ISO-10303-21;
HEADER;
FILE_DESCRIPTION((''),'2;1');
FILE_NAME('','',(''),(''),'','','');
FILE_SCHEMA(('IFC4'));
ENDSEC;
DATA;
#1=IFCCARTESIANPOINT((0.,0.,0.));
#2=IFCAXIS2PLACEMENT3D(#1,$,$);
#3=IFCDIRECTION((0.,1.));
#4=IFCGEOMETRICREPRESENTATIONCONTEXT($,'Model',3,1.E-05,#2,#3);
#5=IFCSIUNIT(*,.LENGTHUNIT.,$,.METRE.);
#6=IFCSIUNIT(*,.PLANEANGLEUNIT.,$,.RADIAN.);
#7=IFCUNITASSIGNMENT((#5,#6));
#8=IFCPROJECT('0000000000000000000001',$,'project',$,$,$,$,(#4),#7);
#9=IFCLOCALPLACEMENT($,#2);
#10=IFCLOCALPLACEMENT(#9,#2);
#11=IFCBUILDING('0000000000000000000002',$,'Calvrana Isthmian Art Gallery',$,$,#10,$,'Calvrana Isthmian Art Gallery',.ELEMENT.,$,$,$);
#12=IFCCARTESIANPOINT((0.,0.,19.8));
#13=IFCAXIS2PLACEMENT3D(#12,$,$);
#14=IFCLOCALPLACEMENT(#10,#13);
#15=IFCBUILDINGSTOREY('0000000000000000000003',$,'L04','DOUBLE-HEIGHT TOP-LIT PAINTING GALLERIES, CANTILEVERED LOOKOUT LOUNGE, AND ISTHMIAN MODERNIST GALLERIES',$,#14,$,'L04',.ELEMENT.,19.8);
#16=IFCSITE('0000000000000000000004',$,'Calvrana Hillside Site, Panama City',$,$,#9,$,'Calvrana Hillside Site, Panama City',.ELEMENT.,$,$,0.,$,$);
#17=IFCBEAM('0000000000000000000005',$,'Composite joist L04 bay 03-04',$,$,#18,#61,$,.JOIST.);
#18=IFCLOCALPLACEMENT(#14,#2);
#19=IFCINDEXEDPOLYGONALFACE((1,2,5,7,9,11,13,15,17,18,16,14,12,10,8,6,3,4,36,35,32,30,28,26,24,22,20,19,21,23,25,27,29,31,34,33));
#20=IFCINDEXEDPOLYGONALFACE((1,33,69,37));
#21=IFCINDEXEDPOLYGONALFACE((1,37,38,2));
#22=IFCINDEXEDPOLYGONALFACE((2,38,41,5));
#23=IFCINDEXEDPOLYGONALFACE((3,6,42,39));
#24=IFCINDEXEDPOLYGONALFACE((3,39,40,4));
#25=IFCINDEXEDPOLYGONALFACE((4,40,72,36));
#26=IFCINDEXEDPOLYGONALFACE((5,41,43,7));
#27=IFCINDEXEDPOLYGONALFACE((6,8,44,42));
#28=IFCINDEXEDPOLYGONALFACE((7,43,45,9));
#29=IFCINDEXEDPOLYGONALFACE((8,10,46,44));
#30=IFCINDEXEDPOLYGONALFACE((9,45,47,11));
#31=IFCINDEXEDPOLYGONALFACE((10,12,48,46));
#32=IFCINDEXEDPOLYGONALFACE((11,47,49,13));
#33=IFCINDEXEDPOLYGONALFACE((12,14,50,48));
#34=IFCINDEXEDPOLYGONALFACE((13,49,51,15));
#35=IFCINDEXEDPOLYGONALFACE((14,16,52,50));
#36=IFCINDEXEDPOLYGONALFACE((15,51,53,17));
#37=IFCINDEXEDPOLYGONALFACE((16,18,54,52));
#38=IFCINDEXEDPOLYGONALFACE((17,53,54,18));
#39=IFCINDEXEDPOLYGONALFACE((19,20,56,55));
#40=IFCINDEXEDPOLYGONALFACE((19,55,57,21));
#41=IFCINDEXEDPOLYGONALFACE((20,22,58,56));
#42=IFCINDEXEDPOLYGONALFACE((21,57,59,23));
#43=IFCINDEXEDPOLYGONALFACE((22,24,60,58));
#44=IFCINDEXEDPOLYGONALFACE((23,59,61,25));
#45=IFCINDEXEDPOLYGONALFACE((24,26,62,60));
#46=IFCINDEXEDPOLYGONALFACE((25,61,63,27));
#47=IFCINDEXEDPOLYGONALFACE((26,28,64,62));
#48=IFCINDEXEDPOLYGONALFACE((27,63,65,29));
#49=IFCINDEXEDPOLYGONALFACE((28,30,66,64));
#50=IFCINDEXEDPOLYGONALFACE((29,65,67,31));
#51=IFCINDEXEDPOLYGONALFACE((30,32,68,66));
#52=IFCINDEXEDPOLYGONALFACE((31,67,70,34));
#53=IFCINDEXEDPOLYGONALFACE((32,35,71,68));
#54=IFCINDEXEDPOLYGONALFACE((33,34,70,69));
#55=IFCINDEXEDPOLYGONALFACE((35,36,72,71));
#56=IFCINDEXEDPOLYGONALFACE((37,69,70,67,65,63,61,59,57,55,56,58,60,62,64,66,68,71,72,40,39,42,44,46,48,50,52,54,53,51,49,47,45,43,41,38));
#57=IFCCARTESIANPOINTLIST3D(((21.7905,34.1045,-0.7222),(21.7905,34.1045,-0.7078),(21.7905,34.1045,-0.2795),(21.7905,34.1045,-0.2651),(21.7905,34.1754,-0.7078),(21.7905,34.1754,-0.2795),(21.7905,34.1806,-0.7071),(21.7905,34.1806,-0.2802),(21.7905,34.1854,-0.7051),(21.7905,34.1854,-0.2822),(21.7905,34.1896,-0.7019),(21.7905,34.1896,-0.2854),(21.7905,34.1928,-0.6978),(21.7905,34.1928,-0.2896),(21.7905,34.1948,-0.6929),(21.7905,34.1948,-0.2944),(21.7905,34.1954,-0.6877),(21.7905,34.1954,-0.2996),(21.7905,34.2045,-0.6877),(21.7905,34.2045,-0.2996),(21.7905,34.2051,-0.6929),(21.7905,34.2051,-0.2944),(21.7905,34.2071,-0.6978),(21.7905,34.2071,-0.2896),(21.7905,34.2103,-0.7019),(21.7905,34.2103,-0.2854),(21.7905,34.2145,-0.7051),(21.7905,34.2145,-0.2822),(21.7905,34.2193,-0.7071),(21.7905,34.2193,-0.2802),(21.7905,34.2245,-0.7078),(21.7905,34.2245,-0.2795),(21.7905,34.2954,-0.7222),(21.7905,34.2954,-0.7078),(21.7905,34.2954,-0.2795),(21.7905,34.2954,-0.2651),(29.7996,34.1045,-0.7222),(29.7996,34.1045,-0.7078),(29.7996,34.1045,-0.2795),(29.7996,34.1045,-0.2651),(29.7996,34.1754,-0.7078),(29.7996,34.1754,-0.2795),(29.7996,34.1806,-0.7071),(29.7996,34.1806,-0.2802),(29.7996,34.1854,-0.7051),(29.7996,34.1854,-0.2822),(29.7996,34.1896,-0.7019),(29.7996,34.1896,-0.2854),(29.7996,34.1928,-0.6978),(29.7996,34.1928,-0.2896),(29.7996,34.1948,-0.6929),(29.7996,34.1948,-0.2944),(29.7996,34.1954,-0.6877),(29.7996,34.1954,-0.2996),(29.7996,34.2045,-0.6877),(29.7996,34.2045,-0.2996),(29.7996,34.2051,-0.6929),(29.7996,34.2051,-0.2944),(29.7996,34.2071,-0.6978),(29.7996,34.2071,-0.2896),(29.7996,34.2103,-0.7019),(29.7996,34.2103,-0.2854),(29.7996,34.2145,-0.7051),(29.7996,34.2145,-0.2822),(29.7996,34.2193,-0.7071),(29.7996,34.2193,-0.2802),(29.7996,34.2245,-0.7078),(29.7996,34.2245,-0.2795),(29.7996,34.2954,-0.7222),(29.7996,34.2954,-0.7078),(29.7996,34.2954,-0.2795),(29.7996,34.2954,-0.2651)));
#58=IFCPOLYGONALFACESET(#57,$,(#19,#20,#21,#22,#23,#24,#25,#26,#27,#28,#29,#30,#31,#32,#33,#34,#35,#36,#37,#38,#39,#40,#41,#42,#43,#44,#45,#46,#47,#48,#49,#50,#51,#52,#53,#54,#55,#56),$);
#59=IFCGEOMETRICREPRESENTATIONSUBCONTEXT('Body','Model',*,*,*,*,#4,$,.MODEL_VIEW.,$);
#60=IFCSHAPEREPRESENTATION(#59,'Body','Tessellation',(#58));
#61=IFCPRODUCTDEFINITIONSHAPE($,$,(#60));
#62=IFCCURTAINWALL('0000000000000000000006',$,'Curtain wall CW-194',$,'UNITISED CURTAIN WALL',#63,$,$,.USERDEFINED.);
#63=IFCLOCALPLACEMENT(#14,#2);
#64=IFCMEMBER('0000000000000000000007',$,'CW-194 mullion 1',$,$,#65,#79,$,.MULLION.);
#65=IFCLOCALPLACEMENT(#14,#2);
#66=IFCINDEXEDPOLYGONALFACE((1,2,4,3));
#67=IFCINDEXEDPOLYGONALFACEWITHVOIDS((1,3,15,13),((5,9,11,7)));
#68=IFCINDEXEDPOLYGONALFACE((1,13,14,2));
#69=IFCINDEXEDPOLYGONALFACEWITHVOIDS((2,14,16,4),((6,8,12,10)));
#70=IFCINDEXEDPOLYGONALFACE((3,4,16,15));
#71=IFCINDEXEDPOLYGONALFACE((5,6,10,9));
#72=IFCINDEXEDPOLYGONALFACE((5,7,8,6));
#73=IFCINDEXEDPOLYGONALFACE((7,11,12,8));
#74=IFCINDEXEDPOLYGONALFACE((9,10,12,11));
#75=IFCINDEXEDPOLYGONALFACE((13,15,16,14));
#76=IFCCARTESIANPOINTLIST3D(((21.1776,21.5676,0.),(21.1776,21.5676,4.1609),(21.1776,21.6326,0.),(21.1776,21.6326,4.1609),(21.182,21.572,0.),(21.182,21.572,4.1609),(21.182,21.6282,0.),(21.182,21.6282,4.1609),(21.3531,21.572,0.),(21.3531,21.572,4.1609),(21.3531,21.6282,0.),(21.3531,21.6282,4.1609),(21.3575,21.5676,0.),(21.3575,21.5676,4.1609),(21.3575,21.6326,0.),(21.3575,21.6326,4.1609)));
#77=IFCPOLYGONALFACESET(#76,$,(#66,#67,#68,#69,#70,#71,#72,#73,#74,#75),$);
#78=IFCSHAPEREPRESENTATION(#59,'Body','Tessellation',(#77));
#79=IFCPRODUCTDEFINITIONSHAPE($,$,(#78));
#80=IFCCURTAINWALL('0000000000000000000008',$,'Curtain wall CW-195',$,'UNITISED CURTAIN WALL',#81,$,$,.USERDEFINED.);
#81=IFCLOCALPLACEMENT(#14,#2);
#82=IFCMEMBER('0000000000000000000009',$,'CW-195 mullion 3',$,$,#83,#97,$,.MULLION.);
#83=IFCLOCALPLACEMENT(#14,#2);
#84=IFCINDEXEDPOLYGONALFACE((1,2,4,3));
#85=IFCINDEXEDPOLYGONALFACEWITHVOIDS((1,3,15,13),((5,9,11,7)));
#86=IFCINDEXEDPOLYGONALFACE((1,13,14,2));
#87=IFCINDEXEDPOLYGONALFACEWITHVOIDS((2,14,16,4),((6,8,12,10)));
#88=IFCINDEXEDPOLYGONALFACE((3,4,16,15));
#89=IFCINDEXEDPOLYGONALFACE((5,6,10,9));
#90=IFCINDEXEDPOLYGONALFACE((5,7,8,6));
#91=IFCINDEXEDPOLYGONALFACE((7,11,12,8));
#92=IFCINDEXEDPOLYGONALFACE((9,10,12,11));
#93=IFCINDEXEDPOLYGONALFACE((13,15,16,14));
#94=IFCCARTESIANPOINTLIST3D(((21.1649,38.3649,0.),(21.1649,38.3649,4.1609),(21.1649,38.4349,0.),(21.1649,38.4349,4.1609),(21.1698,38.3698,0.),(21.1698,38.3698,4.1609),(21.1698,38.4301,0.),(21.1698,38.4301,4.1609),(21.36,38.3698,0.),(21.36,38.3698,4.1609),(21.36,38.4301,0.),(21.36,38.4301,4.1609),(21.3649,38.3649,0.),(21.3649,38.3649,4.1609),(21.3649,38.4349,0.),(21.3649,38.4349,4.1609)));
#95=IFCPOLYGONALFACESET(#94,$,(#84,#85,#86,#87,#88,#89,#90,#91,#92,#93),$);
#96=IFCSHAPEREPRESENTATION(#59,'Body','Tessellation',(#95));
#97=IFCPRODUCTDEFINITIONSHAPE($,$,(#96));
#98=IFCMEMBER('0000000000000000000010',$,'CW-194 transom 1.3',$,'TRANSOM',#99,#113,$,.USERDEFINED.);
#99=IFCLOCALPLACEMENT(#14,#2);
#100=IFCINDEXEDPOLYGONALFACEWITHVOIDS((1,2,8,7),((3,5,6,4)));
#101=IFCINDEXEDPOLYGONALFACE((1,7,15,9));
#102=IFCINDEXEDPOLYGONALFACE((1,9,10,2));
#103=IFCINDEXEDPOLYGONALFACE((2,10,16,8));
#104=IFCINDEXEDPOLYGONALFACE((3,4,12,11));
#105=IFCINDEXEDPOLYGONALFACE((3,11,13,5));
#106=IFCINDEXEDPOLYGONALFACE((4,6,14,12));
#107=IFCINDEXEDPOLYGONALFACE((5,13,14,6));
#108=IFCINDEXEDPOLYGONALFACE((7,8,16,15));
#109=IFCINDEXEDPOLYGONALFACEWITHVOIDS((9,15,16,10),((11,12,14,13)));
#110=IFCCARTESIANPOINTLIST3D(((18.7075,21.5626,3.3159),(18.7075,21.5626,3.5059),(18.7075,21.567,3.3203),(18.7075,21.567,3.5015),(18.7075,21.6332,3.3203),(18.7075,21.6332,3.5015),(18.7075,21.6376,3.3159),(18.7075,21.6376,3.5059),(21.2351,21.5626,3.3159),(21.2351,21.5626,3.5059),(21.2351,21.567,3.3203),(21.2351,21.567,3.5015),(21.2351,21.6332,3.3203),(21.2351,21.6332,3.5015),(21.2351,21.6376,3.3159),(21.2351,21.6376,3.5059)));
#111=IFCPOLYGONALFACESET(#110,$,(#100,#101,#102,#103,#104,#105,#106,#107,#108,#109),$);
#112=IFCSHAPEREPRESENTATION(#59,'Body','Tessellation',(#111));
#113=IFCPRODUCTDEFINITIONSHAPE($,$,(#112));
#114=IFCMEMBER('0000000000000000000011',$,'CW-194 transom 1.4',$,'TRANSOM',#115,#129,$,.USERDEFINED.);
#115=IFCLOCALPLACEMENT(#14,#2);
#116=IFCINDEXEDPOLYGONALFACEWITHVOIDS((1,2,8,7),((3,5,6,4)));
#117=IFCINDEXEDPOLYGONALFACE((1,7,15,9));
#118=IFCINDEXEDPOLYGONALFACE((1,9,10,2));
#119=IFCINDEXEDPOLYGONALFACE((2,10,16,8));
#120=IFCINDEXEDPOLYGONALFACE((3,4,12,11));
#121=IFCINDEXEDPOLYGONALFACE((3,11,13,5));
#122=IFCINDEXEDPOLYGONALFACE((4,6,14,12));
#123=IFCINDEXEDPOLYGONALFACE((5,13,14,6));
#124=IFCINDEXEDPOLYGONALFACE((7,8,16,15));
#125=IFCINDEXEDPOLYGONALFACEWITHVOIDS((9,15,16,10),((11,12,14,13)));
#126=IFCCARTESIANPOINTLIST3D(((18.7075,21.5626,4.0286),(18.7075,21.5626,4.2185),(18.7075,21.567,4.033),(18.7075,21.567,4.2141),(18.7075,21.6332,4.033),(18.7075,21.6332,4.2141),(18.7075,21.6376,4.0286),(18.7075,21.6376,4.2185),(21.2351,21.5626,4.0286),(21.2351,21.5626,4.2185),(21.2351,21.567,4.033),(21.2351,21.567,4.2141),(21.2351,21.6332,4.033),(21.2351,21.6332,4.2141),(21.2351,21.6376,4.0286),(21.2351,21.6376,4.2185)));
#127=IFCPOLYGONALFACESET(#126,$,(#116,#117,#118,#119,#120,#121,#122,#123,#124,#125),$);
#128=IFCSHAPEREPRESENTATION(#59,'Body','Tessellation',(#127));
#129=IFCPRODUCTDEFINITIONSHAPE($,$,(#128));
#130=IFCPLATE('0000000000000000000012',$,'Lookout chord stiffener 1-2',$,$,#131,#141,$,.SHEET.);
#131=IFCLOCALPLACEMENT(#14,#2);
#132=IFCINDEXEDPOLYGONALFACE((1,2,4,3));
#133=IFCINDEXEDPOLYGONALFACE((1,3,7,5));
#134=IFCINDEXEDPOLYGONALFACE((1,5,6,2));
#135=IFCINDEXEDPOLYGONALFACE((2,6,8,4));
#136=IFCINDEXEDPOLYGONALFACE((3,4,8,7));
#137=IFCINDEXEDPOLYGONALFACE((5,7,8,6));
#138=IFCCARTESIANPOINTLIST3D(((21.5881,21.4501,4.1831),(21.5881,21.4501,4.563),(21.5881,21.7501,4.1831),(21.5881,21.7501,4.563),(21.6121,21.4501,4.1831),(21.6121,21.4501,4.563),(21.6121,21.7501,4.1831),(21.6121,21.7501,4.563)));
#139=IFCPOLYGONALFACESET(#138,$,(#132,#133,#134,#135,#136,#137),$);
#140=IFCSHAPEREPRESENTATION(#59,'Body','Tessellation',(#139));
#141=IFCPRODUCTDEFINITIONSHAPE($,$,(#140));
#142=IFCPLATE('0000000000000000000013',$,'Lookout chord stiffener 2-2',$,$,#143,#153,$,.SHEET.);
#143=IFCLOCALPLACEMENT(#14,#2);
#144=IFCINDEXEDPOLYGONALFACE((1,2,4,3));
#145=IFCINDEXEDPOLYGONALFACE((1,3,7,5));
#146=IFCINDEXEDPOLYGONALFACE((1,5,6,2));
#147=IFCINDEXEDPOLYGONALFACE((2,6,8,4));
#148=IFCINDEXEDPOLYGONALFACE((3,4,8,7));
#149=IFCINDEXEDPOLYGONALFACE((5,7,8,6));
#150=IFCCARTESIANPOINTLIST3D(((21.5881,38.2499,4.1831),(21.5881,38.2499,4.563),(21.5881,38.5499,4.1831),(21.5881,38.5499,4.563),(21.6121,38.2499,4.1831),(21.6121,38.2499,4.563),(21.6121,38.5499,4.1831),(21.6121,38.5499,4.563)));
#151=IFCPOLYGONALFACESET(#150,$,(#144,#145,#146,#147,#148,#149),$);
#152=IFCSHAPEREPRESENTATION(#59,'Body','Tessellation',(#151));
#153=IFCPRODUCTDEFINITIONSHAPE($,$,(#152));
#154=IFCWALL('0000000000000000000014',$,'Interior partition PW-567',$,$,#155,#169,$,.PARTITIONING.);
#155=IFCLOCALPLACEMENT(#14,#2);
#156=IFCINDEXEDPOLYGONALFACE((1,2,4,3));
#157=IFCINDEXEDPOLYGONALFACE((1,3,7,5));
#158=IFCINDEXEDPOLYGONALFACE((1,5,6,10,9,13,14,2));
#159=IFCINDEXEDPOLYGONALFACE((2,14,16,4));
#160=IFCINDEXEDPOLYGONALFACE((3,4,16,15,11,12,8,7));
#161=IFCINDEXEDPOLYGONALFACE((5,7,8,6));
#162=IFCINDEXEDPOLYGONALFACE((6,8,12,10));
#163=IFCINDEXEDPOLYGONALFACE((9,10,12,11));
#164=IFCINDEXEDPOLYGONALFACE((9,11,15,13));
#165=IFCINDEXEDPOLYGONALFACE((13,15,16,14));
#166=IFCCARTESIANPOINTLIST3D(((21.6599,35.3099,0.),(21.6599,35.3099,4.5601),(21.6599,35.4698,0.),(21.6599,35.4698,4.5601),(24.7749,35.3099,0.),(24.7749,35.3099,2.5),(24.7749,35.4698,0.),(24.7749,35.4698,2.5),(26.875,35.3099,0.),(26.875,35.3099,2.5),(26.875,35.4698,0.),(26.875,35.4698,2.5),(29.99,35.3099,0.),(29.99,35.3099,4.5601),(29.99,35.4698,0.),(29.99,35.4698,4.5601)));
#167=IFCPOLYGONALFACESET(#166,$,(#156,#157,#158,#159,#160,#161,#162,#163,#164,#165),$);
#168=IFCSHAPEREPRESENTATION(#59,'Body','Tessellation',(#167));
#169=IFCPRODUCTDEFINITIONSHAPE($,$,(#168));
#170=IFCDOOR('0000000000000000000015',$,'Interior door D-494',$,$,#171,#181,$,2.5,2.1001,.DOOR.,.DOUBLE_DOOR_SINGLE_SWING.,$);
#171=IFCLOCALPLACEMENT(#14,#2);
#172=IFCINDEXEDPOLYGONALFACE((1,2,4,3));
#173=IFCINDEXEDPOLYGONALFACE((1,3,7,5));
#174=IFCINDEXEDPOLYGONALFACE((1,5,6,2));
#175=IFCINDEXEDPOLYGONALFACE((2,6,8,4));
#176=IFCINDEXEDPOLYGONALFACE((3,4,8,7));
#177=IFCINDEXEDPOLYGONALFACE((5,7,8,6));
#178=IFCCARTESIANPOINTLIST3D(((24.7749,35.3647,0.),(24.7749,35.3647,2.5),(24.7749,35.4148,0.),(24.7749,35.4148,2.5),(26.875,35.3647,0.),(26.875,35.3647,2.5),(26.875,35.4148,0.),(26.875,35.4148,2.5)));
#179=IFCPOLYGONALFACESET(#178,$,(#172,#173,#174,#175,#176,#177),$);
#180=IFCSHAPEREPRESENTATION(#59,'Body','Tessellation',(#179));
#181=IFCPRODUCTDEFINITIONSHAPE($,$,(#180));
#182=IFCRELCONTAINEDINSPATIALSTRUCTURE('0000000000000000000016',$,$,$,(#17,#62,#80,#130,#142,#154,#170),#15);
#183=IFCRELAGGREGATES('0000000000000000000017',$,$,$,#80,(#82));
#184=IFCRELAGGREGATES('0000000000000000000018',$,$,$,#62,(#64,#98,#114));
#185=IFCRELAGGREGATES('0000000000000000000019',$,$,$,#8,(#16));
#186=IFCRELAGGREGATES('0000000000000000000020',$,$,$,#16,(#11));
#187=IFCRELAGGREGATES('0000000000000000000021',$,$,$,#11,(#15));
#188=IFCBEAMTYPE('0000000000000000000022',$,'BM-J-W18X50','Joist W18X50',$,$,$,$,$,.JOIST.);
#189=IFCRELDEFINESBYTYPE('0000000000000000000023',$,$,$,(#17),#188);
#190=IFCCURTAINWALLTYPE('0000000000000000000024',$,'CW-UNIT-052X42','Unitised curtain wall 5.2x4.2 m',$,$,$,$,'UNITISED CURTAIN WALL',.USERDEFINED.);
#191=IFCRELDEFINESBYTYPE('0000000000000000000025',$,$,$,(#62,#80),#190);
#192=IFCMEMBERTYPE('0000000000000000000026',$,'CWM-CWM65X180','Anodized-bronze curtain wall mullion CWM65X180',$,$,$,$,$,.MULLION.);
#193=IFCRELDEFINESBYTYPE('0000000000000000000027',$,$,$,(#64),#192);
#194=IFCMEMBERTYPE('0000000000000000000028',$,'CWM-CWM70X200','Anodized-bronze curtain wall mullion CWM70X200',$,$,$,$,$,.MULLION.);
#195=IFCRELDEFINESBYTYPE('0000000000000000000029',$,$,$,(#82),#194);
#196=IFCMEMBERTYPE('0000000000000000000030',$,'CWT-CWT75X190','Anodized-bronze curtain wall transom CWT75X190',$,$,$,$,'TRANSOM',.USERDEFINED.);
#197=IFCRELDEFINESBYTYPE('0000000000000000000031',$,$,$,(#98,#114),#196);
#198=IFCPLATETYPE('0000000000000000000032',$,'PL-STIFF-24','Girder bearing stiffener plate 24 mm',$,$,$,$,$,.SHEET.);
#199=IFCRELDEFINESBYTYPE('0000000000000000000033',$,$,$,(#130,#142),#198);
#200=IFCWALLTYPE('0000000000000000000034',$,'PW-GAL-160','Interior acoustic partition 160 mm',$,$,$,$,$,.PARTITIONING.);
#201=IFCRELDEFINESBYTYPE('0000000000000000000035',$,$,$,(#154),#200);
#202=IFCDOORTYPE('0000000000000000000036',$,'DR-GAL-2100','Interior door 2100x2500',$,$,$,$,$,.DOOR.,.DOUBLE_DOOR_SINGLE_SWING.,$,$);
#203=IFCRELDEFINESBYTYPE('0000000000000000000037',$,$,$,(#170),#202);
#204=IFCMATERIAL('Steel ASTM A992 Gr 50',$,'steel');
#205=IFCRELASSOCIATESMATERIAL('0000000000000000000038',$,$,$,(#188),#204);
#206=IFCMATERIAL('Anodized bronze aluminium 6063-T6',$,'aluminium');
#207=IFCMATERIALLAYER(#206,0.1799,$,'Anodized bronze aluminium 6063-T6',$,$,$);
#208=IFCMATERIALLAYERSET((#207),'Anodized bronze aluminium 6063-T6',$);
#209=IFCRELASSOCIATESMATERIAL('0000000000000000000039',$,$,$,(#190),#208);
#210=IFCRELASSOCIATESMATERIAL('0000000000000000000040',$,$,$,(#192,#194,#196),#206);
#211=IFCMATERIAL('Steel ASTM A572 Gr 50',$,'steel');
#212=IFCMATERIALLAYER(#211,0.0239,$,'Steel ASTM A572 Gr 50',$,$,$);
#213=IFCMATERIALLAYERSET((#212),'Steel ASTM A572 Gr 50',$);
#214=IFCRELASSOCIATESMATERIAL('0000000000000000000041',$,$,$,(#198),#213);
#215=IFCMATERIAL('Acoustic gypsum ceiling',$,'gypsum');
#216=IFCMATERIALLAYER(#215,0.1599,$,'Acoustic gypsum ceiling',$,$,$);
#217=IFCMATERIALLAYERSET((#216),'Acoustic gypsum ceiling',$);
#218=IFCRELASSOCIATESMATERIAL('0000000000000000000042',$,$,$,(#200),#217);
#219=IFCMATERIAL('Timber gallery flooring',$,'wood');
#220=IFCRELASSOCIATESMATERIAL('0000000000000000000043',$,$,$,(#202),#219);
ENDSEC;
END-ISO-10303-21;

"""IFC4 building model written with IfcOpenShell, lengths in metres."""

from ifc_helpers import new_model, si_unit, direction, frame, frame_2d, origin, origin_2d, place, context, subcontext, project, spatial, rectangle, hollow_rectangle, i_section, extrude, material, layer, layer_set, material_profile, profile_set, type_object, element, fill, aggregate, save


model = new_model("IFC4")

# Units and contexts
model_context = context("Model", 3, precision=1e-05, world=origin(), true_north=direction((0.0, 1.0)))
body_context = subcontext(model_context, "Body", "Model", "MODEL_VIEW")
ifc_project = project(units=[si_unit("LENGTHUNIT", "METRE"), si_unit("PLANEANGLEUNIT", "RADIAN")], contexts=[model_context])

# Site, building, storey
site_placement = place(None, origin())
site = spatial("IfcSite", under=ifc_project, at=site_placement, Name="Calvrana Hillside Site, Panama City", LongName="Calvrana Hillside Site, Panama City", CompositionType="ELEMENT", RefElevation=0.0)
building_placement = place(site_placement, origin())
building = spatial("IfcBuilding", under=site, at=building_placement, Name="Calvrana Isthmian Art Gallery", LongName="Calvrana Isthmian Art Gallery", CompositionType="ELEMENT")
storey_placement = place(building_placement, frame((0.0, 0.0, 19.8)))
storey = spatial("IfcBuildingStorey", under=building, at=storey_placement, Name="L04", Description="DOUBLE-HEIGHT TOP-LIT PAINTING GALLERIES, CANTILEVERED LOOKOUT LOUNGE, AND ISTHMIAN MODERNIST GALLERIES", LongName="L04", CompositionType="ELEMENT", Elevation=19.8)

# Shared definitions
ifc_material_1 = material(Name="Steel ASTM A992 Gr 50", Category="steel")

# Beam
ifc_material_profile_1 = material_profile(ifc_material_1, i_section(OverallWidth=0.1909, OverallDepth=0.457, WebThickness=0.009, FlangeThickness=0.0144, FilletRadius=0.02, at=origin_2d()), Name="W18X50")
ifc_profile_set_1 = profile_set([ifc_material_profile_1], Name="Steel ASTM A992 Gr 50")
beam_type_1 = type_object("IfcBeamType", Name="BM-J-W18X50", Description="Joist W18X50", PredefinedType="JOIST", material=ifc_profile_set_1)
beam_1_placement = place(storey_placement, frame((21.7905, 34.2, -0.4937), z_axis=(1.0, 0.0, 0.0), x_axis=(0.0, 1.0, 0.0)))
element("IfcBeam", 1, at=beam_1_placement, inside=storey, type_object=beam_type_1, Name="Composite joist L04 bay 03-04", PredefinedType="JOIST", context=body_context, shape_type="SweptSolid", body=[
    extrude(i_section(OverallWidth=0.1909, OverallDepth=0.457, WebThickness=0.009, FlangeThickness=0.0144, FilletRadius=0.02, at=origin_2d()), origin(), (0.0, 0.0, 1.0), 8.009),
])

# Curtain walls, members
ifc_material_2 = material(Name="Anodized bronze aluminium 6063-T6", Category="aluminium")
ifc_layer_1 = layer(ifc_material_2, 0.1799, Name="Anodized bronze aluminium 6063-T6")
ifc_layer_set_1 = layer_set([ifc_layer_1], Name="Anodized bronze aluminium 6063-T6")
curtain_wall_type = type_object("IfcCurtainWallType", Name="CW-UNIT-052X42", Description="Unitised curtain wall 5.2x4.2 m", ElementType="UNITISED CURTAIN WALL", PredefinedType="USERDEFINED", material=ifc_layer_set_1)
curtain_wall_1_placement = place(storey_placement, origin())
curtain_wall_1 = element("IfcCurtainWall", 2, at=curtain_wall_1_placement, inside=storey, type_object=curtain_wall_type, Name="Curtain wall CW-194", ObjectType="UNITISED CURTAIN WALL", PredefinedType="USERDEFINED")
ifc_material_profile_2 = material_profile(ifc_material_2, hollow_rectangle(XDim=0.0649, YDim=0.1799, WallThickness=0.0044, at=origin_2d()), Name="CWM65X180")
ifc_profile_set_2 = profile_set([ifc_material_profile_2], Name="Anodized bronze aluminium 6063-T6")
member_type_1 = type_object("IfcMemberType", Name="CWM-CWM65X180", Description="Anodized-bronze curtain wall mullion CWM65X180", PredefinedType="MULLION", material=ifc_profile_set_2)
member_1_placement = place(storey_placement, frame((21.2676, 21.6001, 0.0), z_axis=(0.0, 0.0, 1.0), x_axis=(0.0, -1.0, 0.0)))
member_1 = element("IfcMember", 3, at=member_1_placement, type_object=member_type_1, Name="CW-194 mullion 1", PredefinedType="MULLION", context=body_context, shape_type="SweptSolid", body=[
    extrude(hollow_rectangle(XDim=0.0649, YDim=0.1799, WallThickness=0.0044, at=origin_2d()), origin(), (0.0, 0.0, 1.0), 4.1609),
])
curtain_wall_2_placement = place(storey_placement, origin())
curtain_wall_2 = element("IfcCurtainWall", 4, at=curtain_wall_2_placement, inside=storey, type_object=curtain_wall_type, Name="Curtain wall CW-195", ObjectType="UNITISED CURTAIN WALL", PredefinedType="USERDEFINED")
ifc_material_profile_3 = material_profile(ifc_material_2, hollow_rectangle(XDim=0.0701, YDim=0.2, WallThickness=0.0049, at=origin_2d()), Name="CWM70X200")
ifc_profile_set_3 = profile_set([ifc_material_profile_3], Name="Anodized bronze aluminium 6063-T6")
member_type_2 = type_object("IfcMemberType", Name="CWM-CWM70X200", Description="Anodized-bronze curtain wall mullion CWM70X200", PredefinedType="MULLION", material=ifc_profile_set_3)
member_2_placement = place(storey_placement, frame((21.2649, 38.3999, 0.0), z_axis=(0.0, 0.0, 1.0), x_axis=(0.0, 1.0, 0.0)))
member_2 = element("IfcMember", 5, at=member_2_placement, type_object=member_type_2, Name="CW-195 mullion 3", PredefinedType="MULLION", context=body_context, shape_type="SweptSolid", body=[
    extrude(hollow_rectangle(XDim=0.0701, YDim=0.2, WallThickness=0.0049, at=origin_2d()), origin(), (0.0, 0.0, 1.0), 4.1609),
])
aggregate(curtain_wall_2, [member_2])

# Members
ifc_material_profile_4 = material_profile(ifc_material_2, hollow_rectangle(XDim=0.075, YDim=0.1899, WallThickness=0.0044, at=origin_2d()), Name="CWT75X190")
ifc_profile_set_4 = profile_set([ifc_material_profile_4], Name="Anodized bronze aluminium 6063-T6")
member_type_3 = type_object("IfcMemberType", Name="CWT-CWT75X190", Description="Anodized-bronze curtain wall transom CWT75X190", ElementType="TRANSOM", PredefinedType="USERDEFINED", material=ifc_profile_set_4)
member_3_placement = place(storey_placement, frame((21.2351, 21.6001, 3.4109), z_axis=(-1.0, 0.0, 0.0), x_axis=(0.0, -1.0, 0.0)))
member_3 = element("IfcMember", 6, at=member_3_placement, type_object=member_type_3, Name="CW-194 transom 1.3", ObjectType="TRANSOM", PredefinedType="USERDEFINED", context=body_context, shape_type="SweptSolid", body=[
    extrude(hollow_rectangle(XDim=0.075, YDim=0.1899, WallThickness=0.0044, at=origin_2d()), origin(), (0.0, 0.0, 1.0), 2.5276),
])
member_4_placement = place(storey_placement, frame((21.2351, 21.6001, 4.1235), z_axis=(-1.0, 0.0, 0.0), x_axis=(0.0, -1.0, 0.0)))
member_4 = element("IfcMember", 7, at=member_4_placement, type_object=member_type_3, Name="CW-194 transom 1.4", ObjectType="TRANSOM", PredefinedType="USERDEFINED", context=body_context, shape_type="SweptSolid", body=[
    extrude(hollow_rectangle(XDim=0.075, YDim=0.1899, WallThickness=0.0044, at=origin_2d()), origin(), (0.0, 0.0, 1.0), 2.5276),
])
aggregate(curtain_wall_1, [member_1, member_3, member_4])

# Plates
ifc_material_3 = material(Name="Steel ASTM A572 Gr 50", Category="steel")
ifc_layer_2 = layer(ifc_material_3, 0.0239, Name="Steel ASTM A572 Gr 50")
ifc_layer_set_2 = layer_set([ifc_layer_2], Name="Steel ASTM A572 Gr 50")
plate_type = type_object("IfcPlateType", Name="PL-STIFF-24", Description="Girder bearing stiffener plate 24 mm", PredefinedType="SHEET", material=ifc_layer_set_2)
for number, where, z_axis, x_axis, name in (
    (8, (21.6001, 21.6001, 4.1831), (0.0, 0.0, 1.0), (1.0, 0.0, 0.0), "Lookout chord stiffener 1-2"),
    (9, (21.6001, 38.3999, 4.1831), (0.0, 0.0, 1.0), (1.0, 0.0, 0.0), "Lookout chord stiffener 2-2"),
):
    element("IfcPlate", number, at=place(storey_placement, frame(where, z_axis=z_axis, x_axis=x_axis)), inside=storey, type_object=plate_type, Name=name, PredefinedType="SHEET", context=body_context, shape_type="SweptSolid", body=[
        extrude(rectangle(XDim=0.0239, YDim=0.3, at=origin_2d()), origin(), (0.0, 0.0, 1.0), 0.3799),
    ])

# Wall, opening, door
ifc_material_4 = material(Name="Acoustic gypsum ceiling", Category="gypsum")
ifc_layer_3 = layer(ifc_material_4, 0.1599, Name="Acoustic gypsum ceiling")
ifc_layer_set_3 = layer_set([ifc_layer_3], Name="Acoustic gypsum ceiling")
wall_type = type_object("IfcWallType", Name="PW-GAL-160", Description="Interior acoustic partition 160 mm", PredefinedType="PARTITIONING", material=ifc_layer_set_3)
wall_1_placement = place(storey_placement, frame((21.6599, 35.3899, 0.0), z_axis=(0.0, 0.0, 1.0), x_axis=(1.0, 0.0, 0.0)))
wall_1 = element("IfcWall", 10, at=wall_1_placement, inside=storey, type_object=wall_type, Name="Interior partition PW-567", PredefinedType="PARTITIONING", context=body_context, shape_type="SweptSolid", body=[
    extrude(rectangle(XDim=8.3301, YDim=0.1599, at=frame_2d((4.165, 0.0))), origin(), (0.0, 0.0, 1.0), 4.5601),
])
opening_1_placement = place(wall_1_placement, frame((3.115, 0.0, 0.0)))
opening_1 = element("IfcOpeningElement", 11, at=opening_1_placement, cuts=wall_1, PredefinedType="OPENING", context=body_context, shape_type="SweptSolid", body=[
    extrude(rectangle(XDim=2.1001, YDim=2.5, at=frame_2d((1.05, 1.25))), frame((0.0, 0.0903, 0.0), z_axis=(0.0, -1.0, 0.0), x_axis=(1.0, 0.0, 0.0)), (0.0, 0.0, 1.0), 0.1804),
])
ifc_material_5 = material(Name="Timber gallery flooring", Category="wood")
door_type_1 = type_object("IfcDoorType", Name="DR-GAL-2100", Description="Interior door 2100x2500", OperationType="DOUBLE_DOOR_SINGLE_SWING", PredefinedType="DOOR", material=ifc_material_5)
door_1_placement = place(opening_1_placement, origin())
door_1 = element("IfcDoor", 12, at=door_1_placement, inside=storey, type_object=door_type_1, Name="Interior door D-494", OperationType="DOUBLE_DOOR_SINGLE_SWING", OverallHeight=2.5, OverallWidth=2.1001, PredefinedType="DOOR", context=body_context, shape_type="SweptSolid", body=[
    extrude(rectangle(XDim=2.1001, YDim=2.5, at=frame_2d((1.05, 1.25))), frame((0.0, 0.0249, 0.0), z_axis=(0.0, -1.0, 0.0), x_axis=(1.0, 0.0, 0.0)), (0.0, 0.0, 1.0), 0.05),
])
fill(opening_1, door_1)

save(model, "model.ifc")
